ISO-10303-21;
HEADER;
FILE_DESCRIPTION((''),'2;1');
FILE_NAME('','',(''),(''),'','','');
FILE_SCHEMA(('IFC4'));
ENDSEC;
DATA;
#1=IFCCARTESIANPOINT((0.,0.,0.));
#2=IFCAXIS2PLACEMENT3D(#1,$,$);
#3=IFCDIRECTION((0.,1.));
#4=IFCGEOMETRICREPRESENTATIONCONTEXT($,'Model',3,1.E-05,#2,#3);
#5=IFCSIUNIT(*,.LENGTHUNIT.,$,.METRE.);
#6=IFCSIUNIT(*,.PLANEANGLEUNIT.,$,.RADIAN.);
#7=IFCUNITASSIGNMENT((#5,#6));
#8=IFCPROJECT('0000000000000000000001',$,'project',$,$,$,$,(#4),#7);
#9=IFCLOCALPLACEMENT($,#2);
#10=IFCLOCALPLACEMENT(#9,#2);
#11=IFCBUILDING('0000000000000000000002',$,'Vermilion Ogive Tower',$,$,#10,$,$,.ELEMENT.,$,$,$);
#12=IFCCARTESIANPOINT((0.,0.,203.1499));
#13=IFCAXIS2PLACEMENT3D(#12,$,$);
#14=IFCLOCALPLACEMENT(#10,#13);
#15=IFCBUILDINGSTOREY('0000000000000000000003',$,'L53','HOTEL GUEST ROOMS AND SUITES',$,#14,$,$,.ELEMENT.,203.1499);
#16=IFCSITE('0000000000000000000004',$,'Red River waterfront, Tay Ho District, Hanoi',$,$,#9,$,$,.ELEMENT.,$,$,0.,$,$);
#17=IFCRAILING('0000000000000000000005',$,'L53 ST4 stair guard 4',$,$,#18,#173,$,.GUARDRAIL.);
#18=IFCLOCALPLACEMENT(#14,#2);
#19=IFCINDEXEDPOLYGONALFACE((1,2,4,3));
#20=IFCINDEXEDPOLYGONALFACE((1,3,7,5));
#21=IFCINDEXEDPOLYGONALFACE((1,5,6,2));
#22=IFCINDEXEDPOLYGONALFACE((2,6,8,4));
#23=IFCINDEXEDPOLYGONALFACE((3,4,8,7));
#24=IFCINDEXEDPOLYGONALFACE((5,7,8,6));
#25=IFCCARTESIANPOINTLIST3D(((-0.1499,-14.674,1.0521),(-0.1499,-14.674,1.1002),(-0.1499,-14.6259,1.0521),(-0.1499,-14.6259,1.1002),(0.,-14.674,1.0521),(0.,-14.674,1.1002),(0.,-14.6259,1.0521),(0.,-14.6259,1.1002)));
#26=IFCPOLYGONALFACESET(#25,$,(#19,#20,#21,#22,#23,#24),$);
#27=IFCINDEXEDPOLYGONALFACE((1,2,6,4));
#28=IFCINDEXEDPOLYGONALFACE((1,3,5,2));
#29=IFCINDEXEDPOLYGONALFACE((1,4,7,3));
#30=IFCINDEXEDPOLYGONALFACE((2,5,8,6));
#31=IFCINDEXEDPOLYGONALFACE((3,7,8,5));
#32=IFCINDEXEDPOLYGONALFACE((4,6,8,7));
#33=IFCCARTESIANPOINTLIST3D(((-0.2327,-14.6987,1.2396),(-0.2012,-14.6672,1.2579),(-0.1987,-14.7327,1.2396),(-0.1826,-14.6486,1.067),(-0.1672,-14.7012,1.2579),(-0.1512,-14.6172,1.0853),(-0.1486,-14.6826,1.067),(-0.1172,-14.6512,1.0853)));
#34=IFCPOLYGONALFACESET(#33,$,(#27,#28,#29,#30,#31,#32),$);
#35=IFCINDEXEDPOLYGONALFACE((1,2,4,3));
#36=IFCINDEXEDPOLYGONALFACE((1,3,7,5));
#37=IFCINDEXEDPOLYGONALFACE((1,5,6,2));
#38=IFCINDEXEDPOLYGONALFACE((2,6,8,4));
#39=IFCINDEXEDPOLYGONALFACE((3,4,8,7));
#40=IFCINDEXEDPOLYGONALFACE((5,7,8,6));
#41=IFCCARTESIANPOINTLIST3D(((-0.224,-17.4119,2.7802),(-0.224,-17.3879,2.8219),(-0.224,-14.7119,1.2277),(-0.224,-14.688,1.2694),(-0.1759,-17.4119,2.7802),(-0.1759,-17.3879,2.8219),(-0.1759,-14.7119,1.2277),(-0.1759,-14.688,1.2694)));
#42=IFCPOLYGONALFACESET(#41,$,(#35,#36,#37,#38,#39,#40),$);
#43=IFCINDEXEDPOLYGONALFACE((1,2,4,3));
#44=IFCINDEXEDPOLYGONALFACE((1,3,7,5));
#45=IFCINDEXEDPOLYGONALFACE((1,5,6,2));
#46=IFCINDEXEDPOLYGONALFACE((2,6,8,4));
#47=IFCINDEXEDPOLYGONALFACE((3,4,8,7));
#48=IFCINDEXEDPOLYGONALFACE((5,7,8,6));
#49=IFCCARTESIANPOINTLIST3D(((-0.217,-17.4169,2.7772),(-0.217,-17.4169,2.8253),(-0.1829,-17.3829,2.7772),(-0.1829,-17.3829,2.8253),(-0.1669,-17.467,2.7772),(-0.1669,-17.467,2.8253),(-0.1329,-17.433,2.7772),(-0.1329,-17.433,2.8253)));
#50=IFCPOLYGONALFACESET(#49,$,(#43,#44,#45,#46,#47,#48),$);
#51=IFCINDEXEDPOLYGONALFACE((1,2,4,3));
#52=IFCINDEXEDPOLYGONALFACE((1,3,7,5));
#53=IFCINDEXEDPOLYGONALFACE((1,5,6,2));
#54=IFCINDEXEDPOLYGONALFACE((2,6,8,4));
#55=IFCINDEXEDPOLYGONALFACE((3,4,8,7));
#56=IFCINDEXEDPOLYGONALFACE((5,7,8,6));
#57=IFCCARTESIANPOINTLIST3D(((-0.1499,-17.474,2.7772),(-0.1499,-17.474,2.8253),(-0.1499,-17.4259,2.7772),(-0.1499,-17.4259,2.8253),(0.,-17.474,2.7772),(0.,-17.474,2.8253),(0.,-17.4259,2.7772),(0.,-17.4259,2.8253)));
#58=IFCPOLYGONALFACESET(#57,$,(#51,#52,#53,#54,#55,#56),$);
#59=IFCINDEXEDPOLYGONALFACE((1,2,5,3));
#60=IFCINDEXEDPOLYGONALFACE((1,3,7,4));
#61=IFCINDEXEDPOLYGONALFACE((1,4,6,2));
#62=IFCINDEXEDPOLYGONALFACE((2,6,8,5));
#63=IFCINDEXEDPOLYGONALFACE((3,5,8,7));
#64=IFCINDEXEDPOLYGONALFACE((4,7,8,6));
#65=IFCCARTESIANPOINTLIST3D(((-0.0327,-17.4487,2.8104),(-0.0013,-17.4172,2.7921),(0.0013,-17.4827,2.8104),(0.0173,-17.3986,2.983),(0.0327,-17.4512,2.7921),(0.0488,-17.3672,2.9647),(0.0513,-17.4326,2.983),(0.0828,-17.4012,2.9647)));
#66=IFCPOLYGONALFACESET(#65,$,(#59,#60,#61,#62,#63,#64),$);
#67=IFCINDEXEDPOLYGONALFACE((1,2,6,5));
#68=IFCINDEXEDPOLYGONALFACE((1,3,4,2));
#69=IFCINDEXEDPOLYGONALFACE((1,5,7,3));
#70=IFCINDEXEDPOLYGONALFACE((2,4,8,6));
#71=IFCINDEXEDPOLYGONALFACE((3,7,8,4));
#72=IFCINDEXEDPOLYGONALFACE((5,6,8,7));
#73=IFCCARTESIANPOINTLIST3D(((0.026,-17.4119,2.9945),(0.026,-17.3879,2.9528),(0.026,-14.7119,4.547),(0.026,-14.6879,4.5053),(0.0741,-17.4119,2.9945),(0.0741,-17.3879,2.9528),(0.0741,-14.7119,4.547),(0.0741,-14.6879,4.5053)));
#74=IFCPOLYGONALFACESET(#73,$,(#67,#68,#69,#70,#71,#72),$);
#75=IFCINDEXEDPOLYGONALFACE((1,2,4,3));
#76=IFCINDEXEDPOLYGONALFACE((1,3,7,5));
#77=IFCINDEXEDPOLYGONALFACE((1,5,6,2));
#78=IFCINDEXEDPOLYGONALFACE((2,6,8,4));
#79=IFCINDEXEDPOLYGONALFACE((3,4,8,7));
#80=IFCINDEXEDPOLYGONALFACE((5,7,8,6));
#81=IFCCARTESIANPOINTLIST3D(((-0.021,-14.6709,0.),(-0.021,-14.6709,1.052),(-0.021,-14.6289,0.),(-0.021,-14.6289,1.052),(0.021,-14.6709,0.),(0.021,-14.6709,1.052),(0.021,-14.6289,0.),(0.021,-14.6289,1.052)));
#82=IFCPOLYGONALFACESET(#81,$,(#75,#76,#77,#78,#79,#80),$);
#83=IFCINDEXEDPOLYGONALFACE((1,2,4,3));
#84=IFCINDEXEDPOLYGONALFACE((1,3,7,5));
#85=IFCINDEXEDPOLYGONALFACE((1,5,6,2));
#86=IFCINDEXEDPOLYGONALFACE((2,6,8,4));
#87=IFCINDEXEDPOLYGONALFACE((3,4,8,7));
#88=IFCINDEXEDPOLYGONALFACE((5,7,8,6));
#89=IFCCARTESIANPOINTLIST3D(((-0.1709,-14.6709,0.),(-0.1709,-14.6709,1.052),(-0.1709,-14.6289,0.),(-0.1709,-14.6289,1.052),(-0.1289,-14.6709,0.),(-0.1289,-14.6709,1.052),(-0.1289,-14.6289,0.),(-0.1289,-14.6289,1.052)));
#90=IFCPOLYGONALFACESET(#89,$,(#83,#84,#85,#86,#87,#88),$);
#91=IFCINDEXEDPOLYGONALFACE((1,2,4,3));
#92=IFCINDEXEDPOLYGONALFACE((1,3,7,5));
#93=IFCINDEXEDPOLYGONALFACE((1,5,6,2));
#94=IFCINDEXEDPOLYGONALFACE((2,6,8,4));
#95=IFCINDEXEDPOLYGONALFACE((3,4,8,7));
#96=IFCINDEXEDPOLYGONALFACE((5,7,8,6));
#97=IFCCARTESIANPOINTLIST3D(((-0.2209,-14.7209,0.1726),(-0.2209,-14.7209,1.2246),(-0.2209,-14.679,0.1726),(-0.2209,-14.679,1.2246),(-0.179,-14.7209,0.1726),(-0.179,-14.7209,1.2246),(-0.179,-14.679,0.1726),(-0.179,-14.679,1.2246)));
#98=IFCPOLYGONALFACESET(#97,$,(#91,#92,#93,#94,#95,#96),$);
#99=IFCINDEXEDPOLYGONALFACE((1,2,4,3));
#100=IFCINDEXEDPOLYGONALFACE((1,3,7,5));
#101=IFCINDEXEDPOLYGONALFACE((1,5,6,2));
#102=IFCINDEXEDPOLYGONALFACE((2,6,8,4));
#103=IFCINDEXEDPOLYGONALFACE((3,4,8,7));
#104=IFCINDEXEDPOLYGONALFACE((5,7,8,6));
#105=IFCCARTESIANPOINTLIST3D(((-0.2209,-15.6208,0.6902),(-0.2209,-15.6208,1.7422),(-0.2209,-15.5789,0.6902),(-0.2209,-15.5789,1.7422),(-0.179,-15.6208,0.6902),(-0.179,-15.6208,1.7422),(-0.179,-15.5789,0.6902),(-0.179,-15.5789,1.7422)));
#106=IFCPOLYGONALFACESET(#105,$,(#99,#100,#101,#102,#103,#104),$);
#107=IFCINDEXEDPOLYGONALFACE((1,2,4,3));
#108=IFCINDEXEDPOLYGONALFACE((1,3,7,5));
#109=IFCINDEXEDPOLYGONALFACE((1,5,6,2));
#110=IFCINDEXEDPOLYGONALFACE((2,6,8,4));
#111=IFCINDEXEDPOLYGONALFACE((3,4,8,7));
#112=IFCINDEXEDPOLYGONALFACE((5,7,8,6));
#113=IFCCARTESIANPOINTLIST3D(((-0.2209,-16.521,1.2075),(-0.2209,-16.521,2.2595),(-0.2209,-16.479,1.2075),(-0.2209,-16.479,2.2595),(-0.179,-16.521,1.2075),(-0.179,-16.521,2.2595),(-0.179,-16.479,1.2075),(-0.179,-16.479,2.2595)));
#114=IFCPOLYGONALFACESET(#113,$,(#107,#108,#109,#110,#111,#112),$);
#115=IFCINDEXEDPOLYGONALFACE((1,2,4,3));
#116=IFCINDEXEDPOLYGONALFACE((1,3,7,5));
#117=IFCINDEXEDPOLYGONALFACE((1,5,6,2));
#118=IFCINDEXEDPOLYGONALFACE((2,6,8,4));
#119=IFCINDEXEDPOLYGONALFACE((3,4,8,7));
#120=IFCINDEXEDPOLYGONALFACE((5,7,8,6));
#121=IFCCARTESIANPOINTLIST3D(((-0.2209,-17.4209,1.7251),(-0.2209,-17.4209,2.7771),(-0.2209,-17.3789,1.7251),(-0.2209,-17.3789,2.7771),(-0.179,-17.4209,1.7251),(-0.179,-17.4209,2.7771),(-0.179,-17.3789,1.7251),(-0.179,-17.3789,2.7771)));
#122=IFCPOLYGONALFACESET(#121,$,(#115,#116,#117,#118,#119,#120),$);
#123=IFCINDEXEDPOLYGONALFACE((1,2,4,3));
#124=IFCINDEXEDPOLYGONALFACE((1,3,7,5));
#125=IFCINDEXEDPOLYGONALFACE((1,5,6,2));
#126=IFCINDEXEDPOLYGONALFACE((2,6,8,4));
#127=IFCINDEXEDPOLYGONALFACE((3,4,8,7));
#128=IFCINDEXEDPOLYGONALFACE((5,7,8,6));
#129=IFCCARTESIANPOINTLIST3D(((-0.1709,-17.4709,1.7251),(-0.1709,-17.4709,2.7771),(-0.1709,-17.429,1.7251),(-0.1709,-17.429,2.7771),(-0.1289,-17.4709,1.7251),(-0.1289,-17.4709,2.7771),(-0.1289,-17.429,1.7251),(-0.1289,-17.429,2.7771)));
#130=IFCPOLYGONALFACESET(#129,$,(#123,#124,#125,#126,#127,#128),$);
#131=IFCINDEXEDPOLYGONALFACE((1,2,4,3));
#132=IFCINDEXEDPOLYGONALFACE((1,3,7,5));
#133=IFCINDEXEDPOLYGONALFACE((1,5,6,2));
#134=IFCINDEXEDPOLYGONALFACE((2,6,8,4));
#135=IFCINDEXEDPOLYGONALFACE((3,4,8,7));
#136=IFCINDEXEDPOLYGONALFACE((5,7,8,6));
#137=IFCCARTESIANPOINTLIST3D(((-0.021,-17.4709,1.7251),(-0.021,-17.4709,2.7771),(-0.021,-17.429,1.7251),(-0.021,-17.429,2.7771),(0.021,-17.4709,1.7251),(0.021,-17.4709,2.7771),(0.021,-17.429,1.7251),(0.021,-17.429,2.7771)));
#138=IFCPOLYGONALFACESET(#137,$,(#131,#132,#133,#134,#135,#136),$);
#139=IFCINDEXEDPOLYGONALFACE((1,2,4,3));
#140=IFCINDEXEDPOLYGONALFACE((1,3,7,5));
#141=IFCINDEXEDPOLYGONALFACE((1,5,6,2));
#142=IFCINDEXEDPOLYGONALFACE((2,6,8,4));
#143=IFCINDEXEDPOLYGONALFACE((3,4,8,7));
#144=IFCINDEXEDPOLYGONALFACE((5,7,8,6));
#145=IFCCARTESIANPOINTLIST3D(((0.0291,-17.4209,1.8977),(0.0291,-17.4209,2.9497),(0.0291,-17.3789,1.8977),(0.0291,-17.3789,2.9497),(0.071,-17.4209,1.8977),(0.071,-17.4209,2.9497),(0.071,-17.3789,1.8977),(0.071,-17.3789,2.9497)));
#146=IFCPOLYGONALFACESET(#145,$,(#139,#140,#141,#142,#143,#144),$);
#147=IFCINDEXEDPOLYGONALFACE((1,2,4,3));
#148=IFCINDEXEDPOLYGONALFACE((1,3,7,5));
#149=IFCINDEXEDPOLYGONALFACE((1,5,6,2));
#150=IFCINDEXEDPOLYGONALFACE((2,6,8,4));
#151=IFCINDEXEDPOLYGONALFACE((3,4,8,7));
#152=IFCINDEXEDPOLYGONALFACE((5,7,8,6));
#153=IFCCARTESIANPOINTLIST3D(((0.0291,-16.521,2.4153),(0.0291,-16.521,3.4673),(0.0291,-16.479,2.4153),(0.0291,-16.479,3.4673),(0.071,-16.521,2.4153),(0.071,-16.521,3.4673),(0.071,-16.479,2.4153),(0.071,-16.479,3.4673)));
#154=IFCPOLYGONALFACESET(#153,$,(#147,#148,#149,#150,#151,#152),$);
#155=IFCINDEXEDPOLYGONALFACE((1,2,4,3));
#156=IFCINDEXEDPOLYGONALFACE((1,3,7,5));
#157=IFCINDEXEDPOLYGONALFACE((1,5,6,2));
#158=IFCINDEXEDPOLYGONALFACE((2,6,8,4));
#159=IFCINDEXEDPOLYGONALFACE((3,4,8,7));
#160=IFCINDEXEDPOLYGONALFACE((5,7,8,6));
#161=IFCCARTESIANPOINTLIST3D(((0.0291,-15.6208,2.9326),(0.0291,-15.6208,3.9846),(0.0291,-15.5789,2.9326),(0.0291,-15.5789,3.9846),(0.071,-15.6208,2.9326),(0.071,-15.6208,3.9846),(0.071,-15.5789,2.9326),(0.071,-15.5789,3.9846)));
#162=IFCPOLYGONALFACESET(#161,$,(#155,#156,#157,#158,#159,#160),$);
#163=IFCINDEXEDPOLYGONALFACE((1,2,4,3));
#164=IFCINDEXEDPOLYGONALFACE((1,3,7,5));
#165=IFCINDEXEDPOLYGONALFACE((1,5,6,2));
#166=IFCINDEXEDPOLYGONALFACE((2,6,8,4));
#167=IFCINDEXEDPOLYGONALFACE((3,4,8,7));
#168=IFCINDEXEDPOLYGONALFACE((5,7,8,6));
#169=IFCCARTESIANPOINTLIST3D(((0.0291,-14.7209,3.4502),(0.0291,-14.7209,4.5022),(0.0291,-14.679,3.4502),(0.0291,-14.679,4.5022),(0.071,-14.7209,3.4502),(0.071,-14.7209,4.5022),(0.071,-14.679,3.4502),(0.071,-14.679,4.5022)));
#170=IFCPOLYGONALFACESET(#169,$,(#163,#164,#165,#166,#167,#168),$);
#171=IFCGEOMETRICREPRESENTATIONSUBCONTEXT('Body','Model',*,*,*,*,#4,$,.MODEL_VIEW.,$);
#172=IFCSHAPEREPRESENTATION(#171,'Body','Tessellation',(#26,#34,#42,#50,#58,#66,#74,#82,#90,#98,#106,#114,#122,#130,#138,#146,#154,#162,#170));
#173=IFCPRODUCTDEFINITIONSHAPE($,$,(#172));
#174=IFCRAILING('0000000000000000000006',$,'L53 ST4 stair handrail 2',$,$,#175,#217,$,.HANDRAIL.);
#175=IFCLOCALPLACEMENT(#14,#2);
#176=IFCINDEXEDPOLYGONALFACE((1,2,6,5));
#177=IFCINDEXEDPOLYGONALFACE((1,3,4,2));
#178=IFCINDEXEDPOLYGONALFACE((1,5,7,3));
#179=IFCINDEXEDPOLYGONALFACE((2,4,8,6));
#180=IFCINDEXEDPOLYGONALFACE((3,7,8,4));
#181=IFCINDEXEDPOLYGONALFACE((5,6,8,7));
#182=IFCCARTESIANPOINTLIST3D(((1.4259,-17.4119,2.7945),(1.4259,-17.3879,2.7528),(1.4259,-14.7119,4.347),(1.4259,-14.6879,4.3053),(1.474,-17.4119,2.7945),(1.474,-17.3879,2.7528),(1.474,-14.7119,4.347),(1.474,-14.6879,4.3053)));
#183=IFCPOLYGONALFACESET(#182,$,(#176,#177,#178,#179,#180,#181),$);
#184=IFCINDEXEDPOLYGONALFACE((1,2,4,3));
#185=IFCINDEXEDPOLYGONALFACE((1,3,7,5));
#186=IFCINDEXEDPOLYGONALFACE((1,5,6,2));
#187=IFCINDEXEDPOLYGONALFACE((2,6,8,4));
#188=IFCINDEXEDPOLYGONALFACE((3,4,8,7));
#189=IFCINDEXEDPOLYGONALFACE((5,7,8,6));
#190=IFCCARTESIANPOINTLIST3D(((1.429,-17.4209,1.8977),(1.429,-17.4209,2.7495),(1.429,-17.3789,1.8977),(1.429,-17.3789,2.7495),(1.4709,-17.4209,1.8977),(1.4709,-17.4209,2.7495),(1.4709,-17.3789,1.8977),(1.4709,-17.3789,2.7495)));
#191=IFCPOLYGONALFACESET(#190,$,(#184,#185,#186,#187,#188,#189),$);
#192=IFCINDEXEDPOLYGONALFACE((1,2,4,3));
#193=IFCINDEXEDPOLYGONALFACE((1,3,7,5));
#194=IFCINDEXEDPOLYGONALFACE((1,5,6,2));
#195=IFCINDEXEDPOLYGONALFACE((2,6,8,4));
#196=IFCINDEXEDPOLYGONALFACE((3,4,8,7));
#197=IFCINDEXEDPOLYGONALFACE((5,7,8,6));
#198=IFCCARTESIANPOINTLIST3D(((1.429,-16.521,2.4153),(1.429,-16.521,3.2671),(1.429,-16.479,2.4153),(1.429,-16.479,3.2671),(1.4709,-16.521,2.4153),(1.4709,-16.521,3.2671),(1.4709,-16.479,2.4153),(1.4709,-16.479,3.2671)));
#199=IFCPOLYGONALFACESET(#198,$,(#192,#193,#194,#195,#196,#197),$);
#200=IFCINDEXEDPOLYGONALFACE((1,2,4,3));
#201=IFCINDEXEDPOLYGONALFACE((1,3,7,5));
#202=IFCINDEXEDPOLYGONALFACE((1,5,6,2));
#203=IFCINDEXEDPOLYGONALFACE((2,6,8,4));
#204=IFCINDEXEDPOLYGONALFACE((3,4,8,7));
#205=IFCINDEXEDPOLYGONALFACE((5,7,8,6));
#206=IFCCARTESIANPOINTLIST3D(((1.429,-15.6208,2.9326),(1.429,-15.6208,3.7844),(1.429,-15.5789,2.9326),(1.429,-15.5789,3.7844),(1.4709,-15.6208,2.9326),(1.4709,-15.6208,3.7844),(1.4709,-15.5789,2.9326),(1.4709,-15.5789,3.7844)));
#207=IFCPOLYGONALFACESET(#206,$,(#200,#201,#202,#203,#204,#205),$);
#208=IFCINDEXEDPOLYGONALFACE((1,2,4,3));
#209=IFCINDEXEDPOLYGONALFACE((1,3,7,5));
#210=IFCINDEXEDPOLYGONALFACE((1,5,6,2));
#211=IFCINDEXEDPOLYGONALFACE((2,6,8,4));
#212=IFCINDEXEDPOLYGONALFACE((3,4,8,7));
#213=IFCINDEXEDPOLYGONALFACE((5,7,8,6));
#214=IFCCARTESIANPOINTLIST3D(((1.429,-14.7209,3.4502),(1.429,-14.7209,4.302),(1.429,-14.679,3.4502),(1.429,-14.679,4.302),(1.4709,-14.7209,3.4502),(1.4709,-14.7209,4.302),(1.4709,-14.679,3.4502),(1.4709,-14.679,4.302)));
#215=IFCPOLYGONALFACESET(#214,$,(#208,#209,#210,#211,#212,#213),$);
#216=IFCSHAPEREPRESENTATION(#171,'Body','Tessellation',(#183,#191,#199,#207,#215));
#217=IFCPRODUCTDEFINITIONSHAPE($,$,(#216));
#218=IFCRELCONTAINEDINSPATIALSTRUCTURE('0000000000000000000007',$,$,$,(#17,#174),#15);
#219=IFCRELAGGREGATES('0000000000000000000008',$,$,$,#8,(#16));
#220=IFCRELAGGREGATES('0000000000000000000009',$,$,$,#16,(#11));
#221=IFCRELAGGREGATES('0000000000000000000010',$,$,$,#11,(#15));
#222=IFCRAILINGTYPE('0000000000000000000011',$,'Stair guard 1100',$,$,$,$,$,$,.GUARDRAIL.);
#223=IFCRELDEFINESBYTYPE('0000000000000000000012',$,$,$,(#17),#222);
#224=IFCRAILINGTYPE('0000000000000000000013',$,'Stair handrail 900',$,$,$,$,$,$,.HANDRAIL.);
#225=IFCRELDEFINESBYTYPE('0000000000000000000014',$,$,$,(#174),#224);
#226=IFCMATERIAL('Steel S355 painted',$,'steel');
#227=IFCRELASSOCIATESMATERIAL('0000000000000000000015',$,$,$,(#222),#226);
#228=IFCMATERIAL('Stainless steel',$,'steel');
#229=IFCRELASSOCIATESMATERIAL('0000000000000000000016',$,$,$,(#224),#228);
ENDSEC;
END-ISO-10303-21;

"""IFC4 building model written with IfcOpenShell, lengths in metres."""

from ifc_helpers import new_model, si_unit, direction, frame, origin, origin_2d, place, context, subcontext, project, spatial, rectangle, extrude, material, type_object, element, save


model = new_model("IFC4")

# Units and contexts
model_context = context("Model", 3, precision=1e-05, world=origin(), true_north=direction((0.0, 1.0)))
body_context = subcontext(model_context, "Body", "Model", "MODEL_VIEW")
ifc_project = project(units=[si_unit("LENGTHUNIT", "METRE"), si_unit("PLANEANGLEUNIT", "RADIAN")], contexts=[model_context])

# Site, building, storey
site_placement = place(None, origin())
site = spatial("IfcSite", under=ifc_project, at=site_placement, Name="Red River waterfront, Tay Ho District, Hanoi", CompositionType="ELEMENT", RefElevation=0.0)
building_placement = place(site_placement, origin())
building = spatial("IfcBuilding", under=site, at=building_placement, Name="Vermilion Ogive Tower", CompositionType="ELEMENT")
storey_placement = place(building_placement, frame((0.0, 0.0, 203.1499)))
storey = spatial("IfcBuildingStorey", under=building, at=storey_placement, Name="L53", Description="HOTEL GUEST ROOMS AND SUITES", CompositionType="ELEMENT", Elevation=203.1499)

# Railings
ifc_material_1 = material(Name="Steel S355 painted", Category="steel")
railing_type_1 = type_object("IfcRailingType", Name="Stair guard 1100", PredefinedType="GUARDRAIL", material=ifc_material_1)
railing_1_placement = place(storey_placement, frame((0.0, -14.6499, 0.0)))
element("IfcRailing", 1, at=railing_1_placement, inside=storey, type_object=railing_type_1, Name="L53 ST4 stair guard 4", PredefinedType="GUARDRAIL", context=body_context, shape_type="SweptSolid", body=[
    extrude(rectangle(XDim=0.0481, YDim=0.0481, at=origin_2d()), frame((0.0, 0.0, 1.0762), z_axis=(-1.0, 0.0, 0.0), x_axis=(0.0, -1.0, 0.0)), (0.0, 0.0, 1.0), 0.1499),
    extrude(rectangle(XDim=0.0481, YDim=0.0481, at=origin_2d()), frame((-0.1499, 0.0, 1.0762), z_axis=(-0.268278, -0.268278, 0.925232), x_axis=(0.707107, -0.707107, 0.0)), (0.0, 0.0, 1.0), 0.1865),
    extrude(rectangle(XDim=0.0481, YDim=0.0481, at=origin_2d()), frame((-0.2, -0.05, 1.2485), z_axis=(0.0, -0.866904, 0.498476), x_axis=(1.0, 0.0, 0.0)), (0.0, 0.0, 1.0), 3.1145),
    extrude(rectangle(XDim=0.0481, YDim=0.0481, at=origin_2d()), frame((-0.2, -2.75, 2.8013), z_axis=(0.707107, -0.707107, 0.0), x_axis=(0.707107, 0.707107, 0.0)), (0.0, 0.0, 1.0), 0.0708),
    extrude(rectangle(XDim=0.0481, YDim=0.0481, at=origin_2d()), frame((-0.1499, -2.8, 2.8013), z_axis=(1.0, 0.0, 0.0), x_axis=(0.0, 1.0, 0.0)), (0.0, 0.0, 1.0), 0.1499),
    extrude(rectangle(XDim=0.0481, YDim=0.0481, at=origin_2d()), frame((0.0, -2.8, 2.8013), z_axis=(0.268278, 0.268278, 0.925232), x_axis=(-0.707107, 0.707107, 0.0)), (0.0, 0.0, 1.0), 0.1865),
    extrude(rectangle(XDim=0.0481, YDim=0.0481, at=origin_2d()), frame((0.05, -2.75, 2.9736), z_axis=(0.0, 0.866904, 0.498476), x_axis=(-1.0, 0.0, 0.0)), (0.0, 0.0, 1.0), 3.1145),
    extrude(rectangle(XDim=0.042, YDim=0.042, at=origin_2d()), origin(), (0.0, 0.0, 1.0), 1.052),
    extrude(rectangle(XDim=0.042, YDim=0.042, at=origin_2d()), frame((-0.1499, 0.0, 0.0)), (0.0, 0.0, 1.0), 1.052),
    extrude(rectangle(XDim=0.042, YDim=0.042, at=origin_2d()), frame((-0.2, -0.05, 0.1726)), (0.0, 0.0, 1.0), 1.052),
    extrude(rectangle(XDim=0.042, YDim=0.042, at=origin_2d()), frame((-0.2, -0.95, 0.6902)), (0.0, 0.0, 1.0), 1.052),
    extrude(rectangle(XDim=0.042, YDim=0.042, at=origin_2d()), frame((-0.2, -1.8501, 1.2075)), (0.0, 0.0, 1.0), 1.052),
    extrude(rectangle(XDim=0.042, YDim=0.042, at=origin_2d()), frame((-0.2, -2.75, 1.7251)), (0.0, 0.0, 1.0), 1.052),
    extrude(rectangle(XDim=0.042, YDim=0.042, at=origin_2d()), frame((-0.1499, -2.8, 1.7251)), (0.0, 0.0, 1.0), 1.052),
    extrude(rectangle(XDim=0.042, YDim=0.042, at=origin_2d()), frame((0.0, -2.8, 1.7251)), (0.0, 0.0, 1.0), 1.052),
    extrude(rectangle(XDim=0.042, YDim=0.042, at=origin_2d()), frame((0.05, -2.75, 1.8977)), (0.0, 0.0, 1.0), 1.052),
    extrude(rectangle(XDim=0.042, YDim=0.042, at=origin_2d()), frame((0.05, -1.8501, 2.4153)), (0.0, 0.0, 1.0), 1.052),
    extrude(rectangle(XDim=0.042, YDim=0.042, at=origin_2d()), frame((0.05, -0.95, 2.9326)), (0.0, 0.0, 1.0), 1.052),
    extrude(rectangle(XDim=0.042, YDim=0.042, at=origin_2d()), frame((0.05, -0.05, 3.4502)), (0.0, 0.0, 1.0), 1.052),
])
ifc_material_2 = material(Name="Stainless steel", Category="steel")
railing_type_2 = type_object("IfcRailingType", Name="Stair handrail 900", PredefinedType="HANDRAIL", material=ifc_material_2)
railing_2_placement = place(storey_placement, frame((1.45, -17.3999, 1.8977)))
element("IfcRailing", 2, at=railing_2_placement, inside=storey, type_object=railing_type_2, Name="L53 ST4 stair handrail 2", PredefinedType="HANDRAIL", context=body_context, shape_type="SweptSolid", body=[
    extrude(rectangle(XDim=0.0481, YDim=0.0481, at=origin_2d()), frame((0.0, 0.0, 0.876), z_axis=(0.0, 0.866904, 0.498476), x_axis=(-1.0, 0.0, 0.0)), (0.0, 0.0, 1.0), 3.1145),
    extrude(rectangle(XDim=0.042, YDim=0.042, at=origin_2d()), origin(), (0.0, 0.0, 1.0), 0.8518),
    extrude(rectangle(XDim=0.042, YDim=0.042, at=origin_2d()), frame((0.0, 0.8999, 0.5176)), (0.0, 0.0, 1.0), 0.8518),
    extrude(rectangle(XDim=0.042, YDim=0.042, at=origin_2d()), frame((0.0, 1.8, 1.0349)), (0.0, 0.0, 1.0), 0.8518),
    extrude(rectangle(XDim=0.042, YDim=0.042, at=origin_2d()), frame((0.0, 2.7, 1.5525)), (0.0, 0.0, 1.0), 0.8518),
])

save(model, "model.ifc")
